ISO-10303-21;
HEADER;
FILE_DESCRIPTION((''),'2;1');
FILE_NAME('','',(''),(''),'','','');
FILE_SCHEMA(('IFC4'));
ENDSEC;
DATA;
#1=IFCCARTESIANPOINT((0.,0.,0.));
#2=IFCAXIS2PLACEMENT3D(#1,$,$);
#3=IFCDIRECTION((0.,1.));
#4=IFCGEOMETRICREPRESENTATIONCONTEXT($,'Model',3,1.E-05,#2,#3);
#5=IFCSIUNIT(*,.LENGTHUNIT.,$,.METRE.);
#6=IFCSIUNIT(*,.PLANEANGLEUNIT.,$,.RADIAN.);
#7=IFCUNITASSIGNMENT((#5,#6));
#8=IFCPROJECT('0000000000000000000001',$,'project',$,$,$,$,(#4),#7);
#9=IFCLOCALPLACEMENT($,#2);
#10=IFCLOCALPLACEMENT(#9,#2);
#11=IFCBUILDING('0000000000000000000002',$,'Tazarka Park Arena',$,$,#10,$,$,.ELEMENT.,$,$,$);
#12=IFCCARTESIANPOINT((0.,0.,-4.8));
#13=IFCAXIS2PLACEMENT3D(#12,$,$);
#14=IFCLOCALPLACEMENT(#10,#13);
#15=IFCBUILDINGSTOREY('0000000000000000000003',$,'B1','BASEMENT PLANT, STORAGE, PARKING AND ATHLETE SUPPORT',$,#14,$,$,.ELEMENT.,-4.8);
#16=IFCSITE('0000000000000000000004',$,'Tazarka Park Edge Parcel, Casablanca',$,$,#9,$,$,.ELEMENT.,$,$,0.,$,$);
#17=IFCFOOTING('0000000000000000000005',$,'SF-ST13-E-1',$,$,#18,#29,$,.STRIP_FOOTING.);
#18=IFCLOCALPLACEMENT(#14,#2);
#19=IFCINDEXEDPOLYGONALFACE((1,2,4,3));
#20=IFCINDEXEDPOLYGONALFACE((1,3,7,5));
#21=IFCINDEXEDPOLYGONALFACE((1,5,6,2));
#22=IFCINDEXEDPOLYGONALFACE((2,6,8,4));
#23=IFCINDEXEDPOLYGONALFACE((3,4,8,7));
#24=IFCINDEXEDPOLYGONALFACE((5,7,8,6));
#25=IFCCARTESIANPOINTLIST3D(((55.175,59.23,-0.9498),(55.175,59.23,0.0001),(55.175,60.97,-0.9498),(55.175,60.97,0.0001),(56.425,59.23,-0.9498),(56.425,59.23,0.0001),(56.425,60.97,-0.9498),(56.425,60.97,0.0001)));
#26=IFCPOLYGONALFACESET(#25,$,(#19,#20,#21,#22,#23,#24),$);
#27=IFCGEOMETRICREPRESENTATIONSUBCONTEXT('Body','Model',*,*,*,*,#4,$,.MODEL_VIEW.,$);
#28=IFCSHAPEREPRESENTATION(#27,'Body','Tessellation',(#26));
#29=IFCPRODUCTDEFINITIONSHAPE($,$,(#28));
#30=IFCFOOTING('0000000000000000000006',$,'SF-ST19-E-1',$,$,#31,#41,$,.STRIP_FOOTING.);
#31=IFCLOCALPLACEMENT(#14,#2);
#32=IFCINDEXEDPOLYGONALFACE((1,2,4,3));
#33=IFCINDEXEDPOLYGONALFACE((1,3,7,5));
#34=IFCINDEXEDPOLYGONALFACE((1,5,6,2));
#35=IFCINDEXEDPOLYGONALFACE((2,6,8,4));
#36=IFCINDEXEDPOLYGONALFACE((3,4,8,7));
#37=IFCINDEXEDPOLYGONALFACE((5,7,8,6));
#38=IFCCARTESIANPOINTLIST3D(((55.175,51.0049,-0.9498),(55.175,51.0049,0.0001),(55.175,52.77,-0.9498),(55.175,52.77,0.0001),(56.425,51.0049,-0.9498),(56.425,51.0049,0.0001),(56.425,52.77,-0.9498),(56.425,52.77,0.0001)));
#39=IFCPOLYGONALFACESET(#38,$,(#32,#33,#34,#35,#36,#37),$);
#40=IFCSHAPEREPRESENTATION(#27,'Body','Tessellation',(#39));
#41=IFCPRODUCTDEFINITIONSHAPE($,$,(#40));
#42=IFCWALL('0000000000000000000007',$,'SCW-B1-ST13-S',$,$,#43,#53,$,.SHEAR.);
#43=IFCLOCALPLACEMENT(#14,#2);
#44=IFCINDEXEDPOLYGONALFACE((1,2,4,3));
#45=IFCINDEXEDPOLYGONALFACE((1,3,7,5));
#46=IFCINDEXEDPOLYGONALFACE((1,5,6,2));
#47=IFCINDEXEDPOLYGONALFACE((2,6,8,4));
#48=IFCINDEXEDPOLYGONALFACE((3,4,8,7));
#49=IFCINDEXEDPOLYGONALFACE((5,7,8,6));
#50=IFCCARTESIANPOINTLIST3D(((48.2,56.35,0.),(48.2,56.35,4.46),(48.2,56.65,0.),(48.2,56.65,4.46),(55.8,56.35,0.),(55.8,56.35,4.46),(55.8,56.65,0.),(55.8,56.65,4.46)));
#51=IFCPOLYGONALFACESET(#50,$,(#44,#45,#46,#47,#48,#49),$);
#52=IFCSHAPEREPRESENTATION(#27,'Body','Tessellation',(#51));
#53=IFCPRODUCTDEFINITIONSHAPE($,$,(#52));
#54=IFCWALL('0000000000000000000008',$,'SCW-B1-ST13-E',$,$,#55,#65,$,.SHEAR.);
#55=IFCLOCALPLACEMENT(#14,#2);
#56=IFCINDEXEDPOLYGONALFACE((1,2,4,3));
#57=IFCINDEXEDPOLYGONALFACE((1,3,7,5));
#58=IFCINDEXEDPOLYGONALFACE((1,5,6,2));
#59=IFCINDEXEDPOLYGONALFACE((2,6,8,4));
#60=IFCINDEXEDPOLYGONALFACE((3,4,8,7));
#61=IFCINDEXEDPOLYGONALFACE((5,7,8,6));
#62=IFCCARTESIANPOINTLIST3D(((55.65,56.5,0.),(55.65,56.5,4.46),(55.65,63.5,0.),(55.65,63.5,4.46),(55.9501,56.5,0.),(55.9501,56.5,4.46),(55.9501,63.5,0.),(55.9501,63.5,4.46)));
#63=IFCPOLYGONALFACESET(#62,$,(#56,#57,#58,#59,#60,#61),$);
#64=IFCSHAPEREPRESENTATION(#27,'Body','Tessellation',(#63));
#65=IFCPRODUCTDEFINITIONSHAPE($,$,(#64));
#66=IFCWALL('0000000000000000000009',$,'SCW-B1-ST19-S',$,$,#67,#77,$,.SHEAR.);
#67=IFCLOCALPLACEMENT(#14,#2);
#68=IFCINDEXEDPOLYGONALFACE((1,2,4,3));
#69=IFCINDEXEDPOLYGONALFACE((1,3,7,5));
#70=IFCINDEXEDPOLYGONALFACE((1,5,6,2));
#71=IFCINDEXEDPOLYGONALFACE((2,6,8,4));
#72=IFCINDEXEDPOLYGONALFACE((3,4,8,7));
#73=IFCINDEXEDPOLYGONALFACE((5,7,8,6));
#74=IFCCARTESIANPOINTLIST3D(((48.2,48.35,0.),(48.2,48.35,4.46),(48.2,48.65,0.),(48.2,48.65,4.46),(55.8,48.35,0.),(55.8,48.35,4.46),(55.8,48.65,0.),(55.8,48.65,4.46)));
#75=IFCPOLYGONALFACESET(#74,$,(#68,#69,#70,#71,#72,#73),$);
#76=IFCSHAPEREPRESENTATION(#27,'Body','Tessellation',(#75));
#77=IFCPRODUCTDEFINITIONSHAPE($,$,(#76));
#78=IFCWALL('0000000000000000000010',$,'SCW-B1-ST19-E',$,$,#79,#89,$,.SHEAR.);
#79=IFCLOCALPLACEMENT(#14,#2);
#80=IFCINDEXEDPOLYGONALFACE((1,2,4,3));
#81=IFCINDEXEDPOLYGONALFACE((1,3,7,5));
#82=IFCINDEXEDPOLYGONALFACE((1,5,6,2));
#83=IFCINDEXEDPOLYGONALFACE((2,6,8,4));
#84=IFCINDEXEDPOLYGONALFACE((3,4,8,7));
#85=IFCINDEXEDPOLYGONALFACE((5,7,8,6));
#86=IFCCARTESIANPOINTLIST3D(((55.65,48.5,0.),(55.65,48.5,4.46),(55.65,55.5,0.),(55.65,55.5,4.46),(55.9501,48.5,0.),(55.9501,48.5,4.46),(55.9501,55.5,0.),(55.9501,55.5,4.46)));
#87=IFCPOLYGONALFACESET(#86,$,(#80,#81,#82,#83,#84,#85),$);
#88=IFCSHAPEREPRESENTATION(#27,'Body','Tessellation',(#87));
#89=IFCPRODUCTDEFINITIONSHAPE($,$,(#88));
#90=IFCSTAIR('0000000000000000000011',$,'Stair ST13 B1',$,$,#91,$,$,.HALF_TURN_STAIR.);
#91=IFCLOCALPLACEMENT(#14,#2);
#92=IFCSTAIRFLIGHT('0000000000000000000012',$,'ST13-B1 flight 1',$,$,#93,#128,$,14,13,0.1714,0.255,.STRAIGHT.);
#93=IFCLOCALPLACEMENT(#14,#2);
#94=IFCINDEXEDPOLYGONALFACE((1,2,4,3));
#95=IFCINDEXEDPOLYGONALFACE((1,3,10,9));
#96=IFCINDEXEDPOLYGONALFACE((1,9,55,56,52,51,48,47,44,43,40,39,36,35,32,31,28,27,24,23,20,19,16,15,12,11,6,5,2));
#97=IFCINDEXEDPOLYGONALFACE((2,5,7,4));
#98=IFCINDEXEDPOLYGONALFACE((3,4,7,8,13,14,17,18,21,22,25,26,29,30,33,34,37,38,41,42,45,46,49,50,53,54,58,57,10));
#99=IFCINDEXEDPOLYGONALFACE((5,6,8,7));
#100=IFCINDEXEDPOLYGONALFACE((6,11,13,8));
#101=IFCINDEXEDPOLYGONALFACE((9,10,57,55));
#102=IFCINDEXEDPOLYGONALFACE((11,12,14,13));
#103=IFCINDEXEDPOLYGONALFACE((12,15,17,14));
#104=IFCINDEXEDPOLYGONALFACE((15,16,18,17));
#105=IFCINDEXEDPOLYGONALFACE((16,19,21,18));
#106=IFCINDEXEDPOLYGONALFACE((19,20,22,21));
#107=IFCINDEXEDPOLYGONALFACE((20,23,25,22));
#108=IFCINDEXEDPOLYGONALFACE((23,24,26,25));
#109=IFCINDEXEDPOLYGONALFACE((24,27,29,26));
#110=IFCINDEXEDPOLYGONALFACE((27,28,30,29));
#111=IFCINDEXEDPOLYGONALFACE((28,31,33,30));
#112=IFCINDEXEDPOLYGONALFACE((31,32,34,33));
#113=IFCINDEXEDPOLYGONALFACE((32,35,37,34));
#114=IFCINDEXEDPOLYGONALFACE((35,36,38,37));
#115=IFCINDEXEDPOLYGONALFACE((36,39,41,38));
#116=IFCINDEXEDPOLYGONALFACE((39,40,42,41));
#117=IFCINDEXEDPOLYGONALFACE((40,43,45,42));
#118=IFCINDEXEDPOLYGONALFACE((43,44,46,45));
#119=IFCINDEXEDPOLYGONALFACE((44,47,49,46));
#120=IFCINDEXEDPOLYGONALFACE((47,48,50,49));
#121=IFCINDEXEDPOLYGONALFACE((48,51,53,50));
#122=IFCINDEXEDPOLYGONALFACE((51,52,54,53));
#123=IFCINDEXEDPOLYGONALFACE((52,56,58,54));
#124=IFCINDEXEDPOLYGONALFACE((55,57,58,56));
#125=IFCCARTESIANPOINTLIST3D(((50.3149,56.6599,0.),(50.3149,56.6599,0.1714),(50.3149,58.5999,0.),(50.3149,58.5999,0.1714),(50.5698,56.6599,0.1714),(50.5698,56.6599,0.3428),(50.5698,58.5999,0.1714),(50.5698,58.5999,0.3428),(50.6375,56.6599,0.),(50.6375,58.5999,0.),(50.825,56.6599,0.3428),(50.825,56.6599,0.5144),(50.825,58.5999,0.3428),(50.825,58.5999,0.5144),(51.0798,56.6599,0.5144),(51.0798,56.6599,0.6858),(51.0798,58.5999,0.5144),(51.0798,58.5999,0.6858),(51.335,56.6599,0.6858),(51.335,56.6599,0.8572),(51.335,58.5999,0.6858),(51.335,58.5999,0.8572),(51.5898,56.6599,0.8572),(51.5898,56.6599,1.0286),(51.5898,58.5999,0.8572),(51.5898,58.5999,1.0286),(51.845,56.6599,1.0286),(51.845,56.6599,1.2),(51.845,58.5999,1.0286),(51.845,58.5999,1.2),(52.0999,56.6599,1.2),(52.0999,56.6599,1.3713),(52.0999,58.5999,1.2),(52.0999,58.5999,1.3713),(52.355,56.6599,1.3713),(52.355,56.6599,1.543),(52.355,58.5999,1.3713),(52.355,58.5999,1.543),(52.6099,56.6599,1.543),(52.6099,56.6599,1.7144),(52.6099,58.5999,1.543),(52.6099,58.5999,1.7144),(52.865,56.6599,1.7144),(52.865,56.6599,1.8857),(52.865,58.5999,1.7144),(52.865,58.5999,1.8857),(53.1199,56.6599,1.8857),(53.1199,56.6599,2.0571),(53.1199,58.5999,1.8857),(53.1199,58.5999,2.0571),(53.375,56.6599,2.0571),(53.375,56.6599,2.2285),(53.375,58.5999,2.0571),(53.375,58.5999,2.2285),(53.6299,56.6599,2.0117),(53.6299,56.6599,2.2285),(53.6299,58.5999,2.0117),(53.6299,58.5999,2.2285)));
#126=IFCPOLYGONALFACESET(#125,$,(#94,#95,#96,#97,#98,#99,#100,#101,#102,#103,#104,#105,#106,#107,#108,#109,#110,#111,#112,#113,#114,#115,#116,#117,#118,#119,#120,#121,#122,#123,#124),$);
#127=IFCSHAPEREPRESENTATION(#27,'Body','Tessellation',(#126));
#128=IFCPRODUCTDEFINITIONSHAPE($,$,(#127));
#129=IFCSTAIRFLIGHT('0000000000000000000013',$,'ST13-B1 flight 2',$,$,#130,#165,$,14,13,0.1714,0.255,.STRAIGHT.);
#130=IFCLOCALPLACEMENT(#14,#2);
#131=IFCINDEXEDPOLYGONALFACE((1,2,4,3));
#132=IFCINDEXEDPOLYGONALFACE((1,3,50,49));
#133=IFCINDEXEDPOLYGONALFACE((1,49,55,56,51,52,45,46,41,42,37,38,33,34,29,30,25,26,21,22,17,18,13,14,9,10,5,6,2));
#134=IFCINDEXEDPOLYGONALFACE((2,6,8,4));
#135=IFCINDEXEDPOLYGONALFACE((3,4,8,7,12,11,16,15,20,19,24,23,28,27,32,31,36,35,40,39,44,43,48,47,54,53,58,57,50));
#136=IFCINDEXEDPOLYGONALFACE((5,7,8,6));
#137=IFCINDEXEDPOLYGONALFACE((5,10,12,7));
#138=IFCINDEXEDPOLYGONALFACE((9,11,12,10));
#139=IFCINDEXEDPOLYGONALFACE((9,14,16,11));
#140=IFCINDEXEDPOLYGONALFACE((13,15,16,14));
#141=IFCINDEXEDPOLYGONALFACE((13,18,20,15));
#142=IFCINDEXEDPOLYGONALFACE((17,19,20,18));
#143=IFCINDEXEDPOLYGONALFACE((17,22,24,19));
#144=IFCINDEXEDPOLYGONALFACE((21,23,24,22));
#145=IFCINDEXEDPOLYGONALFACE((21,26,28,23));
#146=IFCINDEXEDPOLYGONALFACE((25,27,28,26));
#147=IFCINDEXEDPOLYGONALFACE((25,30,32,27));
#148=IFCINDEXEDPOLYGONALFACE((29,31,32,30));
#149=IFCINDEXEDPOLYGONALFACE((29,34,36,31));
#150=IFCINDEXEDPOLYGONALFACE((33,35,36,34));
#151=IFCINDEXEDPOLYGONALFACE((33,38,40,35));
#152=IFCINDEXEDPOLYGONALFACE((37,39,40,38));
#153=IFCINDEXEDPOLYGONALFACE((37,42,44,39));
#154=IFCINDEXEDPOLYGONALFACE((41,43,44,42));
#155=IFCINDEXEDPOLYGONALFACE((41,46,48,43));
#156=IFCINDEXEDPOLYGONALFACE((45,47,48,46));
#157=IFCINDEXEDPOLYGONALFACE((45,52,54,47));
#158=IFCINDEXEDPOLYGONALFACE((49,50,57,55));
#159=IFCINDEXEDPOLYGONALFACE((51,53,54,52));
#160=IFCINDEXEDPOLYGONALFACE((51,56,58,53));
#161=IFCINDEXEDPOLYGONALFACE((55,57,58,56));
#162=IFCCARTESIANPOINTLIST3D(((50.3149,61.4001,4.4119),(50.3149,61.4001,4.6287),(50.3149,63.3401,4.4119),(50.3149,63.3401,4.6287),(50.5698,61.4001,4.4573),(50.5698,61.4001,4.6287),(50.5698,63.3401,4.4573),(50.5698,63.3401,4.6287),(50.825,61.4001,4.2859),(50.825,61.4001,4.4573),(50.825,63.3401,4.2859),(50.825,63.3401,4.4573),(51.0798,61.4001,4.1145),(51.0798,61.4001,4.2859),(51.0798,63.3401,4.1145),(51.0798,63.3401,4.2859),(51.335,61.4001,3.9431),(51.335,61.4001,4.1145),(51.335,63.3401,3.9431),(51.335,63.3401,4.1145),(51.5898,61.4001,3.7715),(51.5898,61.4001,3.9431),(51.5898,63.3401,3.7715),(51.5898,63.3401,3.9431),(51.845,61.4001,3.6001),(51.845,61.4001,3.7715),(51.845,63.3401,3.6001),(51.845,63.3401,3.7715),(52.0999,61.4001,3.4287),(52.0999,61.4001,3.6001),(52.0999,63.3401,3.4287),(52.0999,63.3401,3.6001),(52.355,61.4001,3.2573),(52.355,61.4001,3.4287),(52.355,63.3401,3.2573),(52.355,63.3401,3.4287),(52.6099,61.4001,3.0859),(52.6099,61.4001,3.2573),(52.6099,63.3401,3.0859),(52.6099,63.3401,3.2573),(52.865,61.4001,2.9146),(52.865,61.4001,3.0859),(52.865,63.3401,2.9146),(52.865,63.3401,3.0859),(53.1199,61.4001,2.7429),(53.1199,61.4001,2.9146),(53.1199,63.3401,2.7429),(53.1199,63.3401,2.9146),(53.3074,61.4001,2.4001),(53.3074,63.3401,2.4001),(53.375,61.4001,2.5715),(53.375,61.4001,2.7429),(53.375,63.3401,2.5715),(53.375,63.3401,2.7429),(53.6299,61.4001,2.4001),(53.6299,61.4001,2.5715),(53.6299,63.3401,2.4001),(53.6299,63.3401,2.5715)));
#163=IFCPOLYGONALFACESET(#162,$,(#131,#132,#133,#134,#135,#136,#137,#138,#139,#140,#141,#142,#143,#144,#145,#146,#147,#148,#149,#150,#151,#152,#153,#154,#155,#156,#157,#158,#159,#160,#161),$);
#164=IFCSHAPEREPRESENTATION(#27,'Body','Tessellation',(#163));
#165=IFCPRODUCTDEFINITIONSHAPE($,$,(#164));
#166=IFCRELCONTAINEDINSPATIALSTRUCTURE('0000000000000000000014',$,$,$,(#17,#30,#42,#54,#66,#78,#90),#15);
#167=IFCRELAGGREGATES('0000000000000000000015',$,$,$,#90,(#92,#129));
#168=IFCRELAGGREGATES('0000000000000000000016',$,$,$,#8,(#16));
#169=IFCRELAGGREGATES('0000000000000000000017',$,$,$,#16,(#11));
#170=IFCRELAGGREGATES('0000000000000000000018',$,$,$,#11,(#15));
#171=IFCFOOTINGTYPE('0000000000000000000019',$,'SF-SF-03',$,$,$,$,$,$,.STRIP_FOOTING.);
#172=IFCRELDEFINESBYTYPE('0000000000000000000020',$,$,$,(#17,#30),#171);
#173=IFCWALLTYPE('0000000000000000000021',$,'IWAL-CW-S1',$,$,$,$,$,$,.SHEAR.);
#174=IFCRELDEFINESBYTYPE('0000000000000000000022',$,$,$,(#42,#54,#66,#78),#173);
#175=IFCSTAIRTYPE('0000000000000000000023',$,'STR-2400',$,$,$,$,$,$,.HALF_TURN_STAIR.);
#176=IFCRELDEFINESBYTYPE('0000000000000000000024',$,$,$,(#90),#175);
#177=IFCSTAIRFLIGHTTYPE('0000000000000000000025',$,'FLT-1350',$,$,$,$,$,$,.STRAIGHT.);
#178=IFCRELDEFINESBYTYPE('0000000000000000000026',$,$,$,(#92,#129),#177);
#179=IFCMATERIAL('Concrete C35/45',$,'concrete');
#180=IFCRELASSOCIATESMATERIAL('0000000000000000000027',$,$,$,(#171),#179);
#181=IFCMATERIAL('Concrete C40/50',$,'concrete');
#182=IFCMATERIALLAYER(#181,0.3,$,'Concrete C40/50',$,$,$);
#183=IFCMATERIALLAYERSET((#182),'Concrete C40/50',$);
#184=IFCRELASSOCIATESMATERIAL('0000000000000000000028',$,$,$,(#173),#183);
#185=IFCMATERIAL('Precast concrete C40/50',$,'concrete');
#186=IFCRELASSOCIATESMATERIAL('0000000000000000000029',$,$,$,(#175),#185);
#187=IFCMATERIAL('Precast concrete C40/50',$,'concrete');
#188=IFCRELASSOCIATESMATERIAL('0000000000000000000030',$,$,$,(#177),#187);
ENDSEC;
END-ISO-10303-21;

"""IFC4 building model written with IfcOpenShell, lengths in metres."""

from ifc_helpers import new_model, si_unit, direction, frame, frame_2d, origin, origin_2d, place, context, subcontext, project, spatial, polyline, rectangle, outline, extrude, material, layer, layer_set, material_profile, profile_set, type_object, element, aggregate, save


model = new_model("IFC4")

# Units and contexts
model_context = context("Model", 3, precision=1e-05, world=origin(), true_north=direction((0.0, 1.0)))
body_context = subcontext(model_context, "Body", "Model", "MODEL_VIEW")
ifc_project = project(units=[si_unit("LENGTHUNIT", "METRE"), si_unit("PLANEANGLEUNIT", "RADIAN")], contexts=[model_context])

# Site, building, storey
site_placement = place(None, origin())
site = spatial("IfcSite", under=ifc_project, at=site_placement, Name="Tazarka Park Edge Parcel, Casablanca", CompositionType="ELEMENT", RefElevation=0.0)
building_placement = place(site_placement, origin())
building = spatial("IfcBuilding", under=site, at=building_placement, Name="Tazarka Park Arena", CompositionType="ELEMENT")
storey_placement = place(building_placement, frame((0.0, 0.0, -4.8)))
storey = spatial("IfcBuildingStorey", under=building, at=storey_placement, Name="B1", Description="BASEMENT PLANT, STORAGE, PARKING AND ATHLETE SUPPORT", CompositionType="ELEMENT", Elevation=-4.8)

# Footings
ifc_material_1 = material(Name="Concrete C35/45", Category="concrete")
ifc_material_profile_1 = material_profile(ifc_material_1, rectangle(XDim=1.25, YDim=0.95, at=origin_2d()), Name="Concrete C35/45")
ifc_profile_set_1 = profile_set([ifc_material_profile_1], Name="Concrete C35/45")
footing_type = type_object("IfcFootingType", Name="SF-SF-03", PredefinedType="STRIP_FOOTING", material=ifc_profile_set_1)
footing_1_placement = place(storey_placement, frame((55.8, 60.97, -0.4749), z_axis=(0.0, -1.0, 0.0), x_axis=(1.0, 0.0, 0.0)))
element("IfcFooting", 1, at=footing_1_placement, inside=storey, type_object=footing_type, Name="SF-ST13-E-1", PredefinedType="STRIP_FOOTING", context=body_context, shape_type="SweptSolid", body=[
    extrude(rectangle(XDim=1.25, YDim=0.95, at=origin_2d()), origin(), (0.0, 0.0, 1.0), 1.74),
])
footing_2_placement = place(storey_placement, frame((55.8, 52.77, -0.4749), z_axis=(0.0, -1.0, 0.0), x_axis=(1.0, 0.0, 0.0)))
element("IfcFooting", 2, at=footing_2_placement, inside=storey, type_object=footing_type, Name="SF-ST19-E-1", PredefinedType="STRIP_FOOTING", context=body_context, shape_type="SweptSolid", body=[
    extrude(rectangle(XDim=1.25, YDim=0.95, at=origin_2d()), origin(), (0.0, 0.0, 1.0), 1.7651),
])

# Walls
ifc_material_2 = material(Name="Concrete C40/50", Category="concrete")
ifc_layer = layer(ifc_material_2, 0.3, Name="Concrete C40/50")
ifc_layer_set = layer_set([ifc_layer], Name="Concrete C40/50")
wall_type = type_object("IfcWallType", Name="IWAL-CW-S1", PredefinedType="SHEAR", material=ifc_layer_set)
wall_1_placement = place(storey_placement, frame((55.8, 56.5, 0.0), z_axis=(0.0, 0.0, 1.0), x_axis=(-1.0, 0.0, 0.0)))
element("IfcWall", 3, at=wall_1_placement, inside=storey, type_object=wall_type, Name="SCW-B1-ST13-S", PredefinedType="SHEAR", context=body_context, shape_type="SweptSolid", body=[
    extrude(rectangle(XDim=7.6001, YDim=0.3, at=frame_2d((3.8, 0.0))), origin(), (0.0, 0.0, 1.0), 4.46),
])
wall_2_placement = place(storey_placement, frame((55.8, 63.5, 0.0), z_axis=(0.0, 0.0, 1.0), x_axis=(0.0, -1.0, 0.0)))
element("IfcWall", 4, at=wall_2_placement, inside=storey, type_object=wall_type, Name="SCW-B1-ST13-E", PredefinedType="SHEAR", context=body_context, shape_type="SweptSolid", body=[
    extrude(rectangle(XDim=7.0, YDim=0.3, at=frame_2d((3.5, 0.0))), origin(), (0.0, 0.0, 1.0), 4.46),
])
wall_3_placement = place(storey_placement, frame((55.8, 48.5, 0.0), z_axis=(0.0, 0.0, 1.0), x_axis=(-1.0, 0.0, 0.0)))
element("IfcWall", 5, at=wall_3_placement, inside=storey, type_object=wall_type, Name="SCW-B1-ST19-S", PredefinedType="SHEAR", context=body_context, shape_type="SweptSolid", body=[
    extrude(rectangle(XDim=7.6001, YDim=0.3, at=frame_2d((3.8, 0.0))), origin(), (0.0, 0.0, 1.0), 4.46),
])
wall_4_placement = place(storey_placement, frame((55.8, 55.5, 0.0), z_axis=(0.0, 0.0, 1.0), x_axis=(0.0, -1.0, 0.0)))
element("IfcWall", 6, at=wall_4_placement, inside=storey, type_object=wall_type, Name="SCW-B1-ST19-E", PredefinedType="SHEAR", context=body_context, shape_type="SweptSolid", body=[
    extrude(rectangle(XDim=7.0, YDim=0.3, at=frame_2d((3.5, 0.0))), origin(), (0.0, 0.0, 1.0), 4.46),
])

# Stair, stair flights
ifc_material_3 = material(Name="Precast concrete C40/50", Category="concrete")
stair_type_1 = type_object("IfcStairType", Name="STR-2400", PredefinedType="HALF_TURN_STAIR", material=ifc_material_3)
stair_1_placement = place(storey_placement, origin())
stair_1 = element("IfcStair", 7, at=stair_1_placement, inside=storey, type_object=stair_type_1, Name="Stair ST13 B1", PredefinedType="HALF_TURN_STAIR")
ifc_material_4 = material(Name="Precast concrete C40/50", Category="concrete")
stair_flight_type_1 = type_object("IfcStairFlightType", Name="FLT-1350", PredefinedType="STRAIGHT", material=ifc_material_4)
stair_flight_1_placement = place(storey_placement, frame((50.3149, 57.6299, 0.0), z_axis=(0.0, 0.0, 1.0), x_axis=(1.0, 0.0, 0.0)))
stair_flight_1 = element("IfcStairFlight", 8, at=stair_flight_1_placement, type_object=stair_flight_type_1, Name="ST13-B1 flight 1", NumberOfRisers=14, NumberOfTreads=13, PredefinedType="STRAIGHT", RiserHeight=0.1714, TreadLength=0.255, context=body_context, shape_type="SweptSolid", body=[
    extrude(outline(polyline([(0.0, 0.0), (0.0, 0.1714), (0.2549, 0.1714), (0.2549, 0.3428), (0.51, 0.3428), (0.51, 0.5144), (0.7649, 0.5144), (0.7649, 0.6858), (1.02, 0.6858), (1.02, 0.8572), (1.2749, 0.8572), (1.2749, 1.0286), (1.53, 1.0286), (1.53, 1.2), (1.7849, 1.2), (1.7849, 1.3713), (2.04, 1.3713), (2.04, 1.543), (2.2949, 1.543), (2.2949, 1.7144), (2.55, 1.7144), (2.55, 1.8857), (2.8049, 1.8857), (2.8049, 2.0571), (3.0601, 2.0571), (3.0601, 2.2285), (3.3149, 2.2285), (3.3149, 2.3999), (3.3149, 2.0117), (0.3225, 0.0), (0.0, 0.0)])), frame((0.0, 0.97, 0.0), z_axis=(0.0, -1.0, 0.0), x_axis=(1.0, 0.0, 0.0)), (0.0, 0.0, 1.0), 1.9399),
])
stair_flight_2_placement = place(storey_placement, frame((53.6299, 62.3701, 2.4001), z_axis=(0.0, 0.0, 1.0), x_axis=(-1.0, 0.0, 0.0)))
stair_flight_2 = element("IfcStairFlight", 9, at=stair_flight_2_placement, type_object=stair_flight_type_1, Name="ST13-B1 flight 2", NumberOfRisers=14, NumberOfTreads=13, PredefinedType="STRAIGHT", RiserHeight=0.1714, TreadLength=0.255, context=body_context, shape_type="SweptSolid", body=[
    extrude(outline(polyline([(0.0, 0.0), (0.0, 0.1714), (0.2549, 0.1714), (0.2549, 0.3428), (0.51, 0.3428), (0.51, 0.5144), (0.7649, 0.5144), (0.7649, 0.6858), (1.02, 0.6858), (1.02, 0.8572), (1.2749, 0.8572), (1.2749, 1.0286), (1.53, 1.0286), (1.53, 1.2), (1.7849, 1.2), (1.7849, 1.3713), (2.04, 1.3713), (2.04, 1.543), (2.2949, 1.543), (2.2949, 1.7144), (2.55, 1.7144), (2.55, 1.8857), (2.8049, 1.8857), (2.8049, 2.0571), (3.0601, 2.0571), (3.0601, 2.2285), (3.3149, 2.2285), (3.3149, 2.3999), (3.3149, 2.0117), (0.3225, 0.0), (0.0, 0.0)])), frame((0.0, 0.97, 0.0), z_axis=(0.0, -1.0, 0.0), x_axis=(1.0, 0.0, 0.0)), (0.0, 0.0, 1.0), 1.9399),
])
aggregate(stair_1, [stair_flight_1, stair_flight_2])

save(model, "model.ifc")
